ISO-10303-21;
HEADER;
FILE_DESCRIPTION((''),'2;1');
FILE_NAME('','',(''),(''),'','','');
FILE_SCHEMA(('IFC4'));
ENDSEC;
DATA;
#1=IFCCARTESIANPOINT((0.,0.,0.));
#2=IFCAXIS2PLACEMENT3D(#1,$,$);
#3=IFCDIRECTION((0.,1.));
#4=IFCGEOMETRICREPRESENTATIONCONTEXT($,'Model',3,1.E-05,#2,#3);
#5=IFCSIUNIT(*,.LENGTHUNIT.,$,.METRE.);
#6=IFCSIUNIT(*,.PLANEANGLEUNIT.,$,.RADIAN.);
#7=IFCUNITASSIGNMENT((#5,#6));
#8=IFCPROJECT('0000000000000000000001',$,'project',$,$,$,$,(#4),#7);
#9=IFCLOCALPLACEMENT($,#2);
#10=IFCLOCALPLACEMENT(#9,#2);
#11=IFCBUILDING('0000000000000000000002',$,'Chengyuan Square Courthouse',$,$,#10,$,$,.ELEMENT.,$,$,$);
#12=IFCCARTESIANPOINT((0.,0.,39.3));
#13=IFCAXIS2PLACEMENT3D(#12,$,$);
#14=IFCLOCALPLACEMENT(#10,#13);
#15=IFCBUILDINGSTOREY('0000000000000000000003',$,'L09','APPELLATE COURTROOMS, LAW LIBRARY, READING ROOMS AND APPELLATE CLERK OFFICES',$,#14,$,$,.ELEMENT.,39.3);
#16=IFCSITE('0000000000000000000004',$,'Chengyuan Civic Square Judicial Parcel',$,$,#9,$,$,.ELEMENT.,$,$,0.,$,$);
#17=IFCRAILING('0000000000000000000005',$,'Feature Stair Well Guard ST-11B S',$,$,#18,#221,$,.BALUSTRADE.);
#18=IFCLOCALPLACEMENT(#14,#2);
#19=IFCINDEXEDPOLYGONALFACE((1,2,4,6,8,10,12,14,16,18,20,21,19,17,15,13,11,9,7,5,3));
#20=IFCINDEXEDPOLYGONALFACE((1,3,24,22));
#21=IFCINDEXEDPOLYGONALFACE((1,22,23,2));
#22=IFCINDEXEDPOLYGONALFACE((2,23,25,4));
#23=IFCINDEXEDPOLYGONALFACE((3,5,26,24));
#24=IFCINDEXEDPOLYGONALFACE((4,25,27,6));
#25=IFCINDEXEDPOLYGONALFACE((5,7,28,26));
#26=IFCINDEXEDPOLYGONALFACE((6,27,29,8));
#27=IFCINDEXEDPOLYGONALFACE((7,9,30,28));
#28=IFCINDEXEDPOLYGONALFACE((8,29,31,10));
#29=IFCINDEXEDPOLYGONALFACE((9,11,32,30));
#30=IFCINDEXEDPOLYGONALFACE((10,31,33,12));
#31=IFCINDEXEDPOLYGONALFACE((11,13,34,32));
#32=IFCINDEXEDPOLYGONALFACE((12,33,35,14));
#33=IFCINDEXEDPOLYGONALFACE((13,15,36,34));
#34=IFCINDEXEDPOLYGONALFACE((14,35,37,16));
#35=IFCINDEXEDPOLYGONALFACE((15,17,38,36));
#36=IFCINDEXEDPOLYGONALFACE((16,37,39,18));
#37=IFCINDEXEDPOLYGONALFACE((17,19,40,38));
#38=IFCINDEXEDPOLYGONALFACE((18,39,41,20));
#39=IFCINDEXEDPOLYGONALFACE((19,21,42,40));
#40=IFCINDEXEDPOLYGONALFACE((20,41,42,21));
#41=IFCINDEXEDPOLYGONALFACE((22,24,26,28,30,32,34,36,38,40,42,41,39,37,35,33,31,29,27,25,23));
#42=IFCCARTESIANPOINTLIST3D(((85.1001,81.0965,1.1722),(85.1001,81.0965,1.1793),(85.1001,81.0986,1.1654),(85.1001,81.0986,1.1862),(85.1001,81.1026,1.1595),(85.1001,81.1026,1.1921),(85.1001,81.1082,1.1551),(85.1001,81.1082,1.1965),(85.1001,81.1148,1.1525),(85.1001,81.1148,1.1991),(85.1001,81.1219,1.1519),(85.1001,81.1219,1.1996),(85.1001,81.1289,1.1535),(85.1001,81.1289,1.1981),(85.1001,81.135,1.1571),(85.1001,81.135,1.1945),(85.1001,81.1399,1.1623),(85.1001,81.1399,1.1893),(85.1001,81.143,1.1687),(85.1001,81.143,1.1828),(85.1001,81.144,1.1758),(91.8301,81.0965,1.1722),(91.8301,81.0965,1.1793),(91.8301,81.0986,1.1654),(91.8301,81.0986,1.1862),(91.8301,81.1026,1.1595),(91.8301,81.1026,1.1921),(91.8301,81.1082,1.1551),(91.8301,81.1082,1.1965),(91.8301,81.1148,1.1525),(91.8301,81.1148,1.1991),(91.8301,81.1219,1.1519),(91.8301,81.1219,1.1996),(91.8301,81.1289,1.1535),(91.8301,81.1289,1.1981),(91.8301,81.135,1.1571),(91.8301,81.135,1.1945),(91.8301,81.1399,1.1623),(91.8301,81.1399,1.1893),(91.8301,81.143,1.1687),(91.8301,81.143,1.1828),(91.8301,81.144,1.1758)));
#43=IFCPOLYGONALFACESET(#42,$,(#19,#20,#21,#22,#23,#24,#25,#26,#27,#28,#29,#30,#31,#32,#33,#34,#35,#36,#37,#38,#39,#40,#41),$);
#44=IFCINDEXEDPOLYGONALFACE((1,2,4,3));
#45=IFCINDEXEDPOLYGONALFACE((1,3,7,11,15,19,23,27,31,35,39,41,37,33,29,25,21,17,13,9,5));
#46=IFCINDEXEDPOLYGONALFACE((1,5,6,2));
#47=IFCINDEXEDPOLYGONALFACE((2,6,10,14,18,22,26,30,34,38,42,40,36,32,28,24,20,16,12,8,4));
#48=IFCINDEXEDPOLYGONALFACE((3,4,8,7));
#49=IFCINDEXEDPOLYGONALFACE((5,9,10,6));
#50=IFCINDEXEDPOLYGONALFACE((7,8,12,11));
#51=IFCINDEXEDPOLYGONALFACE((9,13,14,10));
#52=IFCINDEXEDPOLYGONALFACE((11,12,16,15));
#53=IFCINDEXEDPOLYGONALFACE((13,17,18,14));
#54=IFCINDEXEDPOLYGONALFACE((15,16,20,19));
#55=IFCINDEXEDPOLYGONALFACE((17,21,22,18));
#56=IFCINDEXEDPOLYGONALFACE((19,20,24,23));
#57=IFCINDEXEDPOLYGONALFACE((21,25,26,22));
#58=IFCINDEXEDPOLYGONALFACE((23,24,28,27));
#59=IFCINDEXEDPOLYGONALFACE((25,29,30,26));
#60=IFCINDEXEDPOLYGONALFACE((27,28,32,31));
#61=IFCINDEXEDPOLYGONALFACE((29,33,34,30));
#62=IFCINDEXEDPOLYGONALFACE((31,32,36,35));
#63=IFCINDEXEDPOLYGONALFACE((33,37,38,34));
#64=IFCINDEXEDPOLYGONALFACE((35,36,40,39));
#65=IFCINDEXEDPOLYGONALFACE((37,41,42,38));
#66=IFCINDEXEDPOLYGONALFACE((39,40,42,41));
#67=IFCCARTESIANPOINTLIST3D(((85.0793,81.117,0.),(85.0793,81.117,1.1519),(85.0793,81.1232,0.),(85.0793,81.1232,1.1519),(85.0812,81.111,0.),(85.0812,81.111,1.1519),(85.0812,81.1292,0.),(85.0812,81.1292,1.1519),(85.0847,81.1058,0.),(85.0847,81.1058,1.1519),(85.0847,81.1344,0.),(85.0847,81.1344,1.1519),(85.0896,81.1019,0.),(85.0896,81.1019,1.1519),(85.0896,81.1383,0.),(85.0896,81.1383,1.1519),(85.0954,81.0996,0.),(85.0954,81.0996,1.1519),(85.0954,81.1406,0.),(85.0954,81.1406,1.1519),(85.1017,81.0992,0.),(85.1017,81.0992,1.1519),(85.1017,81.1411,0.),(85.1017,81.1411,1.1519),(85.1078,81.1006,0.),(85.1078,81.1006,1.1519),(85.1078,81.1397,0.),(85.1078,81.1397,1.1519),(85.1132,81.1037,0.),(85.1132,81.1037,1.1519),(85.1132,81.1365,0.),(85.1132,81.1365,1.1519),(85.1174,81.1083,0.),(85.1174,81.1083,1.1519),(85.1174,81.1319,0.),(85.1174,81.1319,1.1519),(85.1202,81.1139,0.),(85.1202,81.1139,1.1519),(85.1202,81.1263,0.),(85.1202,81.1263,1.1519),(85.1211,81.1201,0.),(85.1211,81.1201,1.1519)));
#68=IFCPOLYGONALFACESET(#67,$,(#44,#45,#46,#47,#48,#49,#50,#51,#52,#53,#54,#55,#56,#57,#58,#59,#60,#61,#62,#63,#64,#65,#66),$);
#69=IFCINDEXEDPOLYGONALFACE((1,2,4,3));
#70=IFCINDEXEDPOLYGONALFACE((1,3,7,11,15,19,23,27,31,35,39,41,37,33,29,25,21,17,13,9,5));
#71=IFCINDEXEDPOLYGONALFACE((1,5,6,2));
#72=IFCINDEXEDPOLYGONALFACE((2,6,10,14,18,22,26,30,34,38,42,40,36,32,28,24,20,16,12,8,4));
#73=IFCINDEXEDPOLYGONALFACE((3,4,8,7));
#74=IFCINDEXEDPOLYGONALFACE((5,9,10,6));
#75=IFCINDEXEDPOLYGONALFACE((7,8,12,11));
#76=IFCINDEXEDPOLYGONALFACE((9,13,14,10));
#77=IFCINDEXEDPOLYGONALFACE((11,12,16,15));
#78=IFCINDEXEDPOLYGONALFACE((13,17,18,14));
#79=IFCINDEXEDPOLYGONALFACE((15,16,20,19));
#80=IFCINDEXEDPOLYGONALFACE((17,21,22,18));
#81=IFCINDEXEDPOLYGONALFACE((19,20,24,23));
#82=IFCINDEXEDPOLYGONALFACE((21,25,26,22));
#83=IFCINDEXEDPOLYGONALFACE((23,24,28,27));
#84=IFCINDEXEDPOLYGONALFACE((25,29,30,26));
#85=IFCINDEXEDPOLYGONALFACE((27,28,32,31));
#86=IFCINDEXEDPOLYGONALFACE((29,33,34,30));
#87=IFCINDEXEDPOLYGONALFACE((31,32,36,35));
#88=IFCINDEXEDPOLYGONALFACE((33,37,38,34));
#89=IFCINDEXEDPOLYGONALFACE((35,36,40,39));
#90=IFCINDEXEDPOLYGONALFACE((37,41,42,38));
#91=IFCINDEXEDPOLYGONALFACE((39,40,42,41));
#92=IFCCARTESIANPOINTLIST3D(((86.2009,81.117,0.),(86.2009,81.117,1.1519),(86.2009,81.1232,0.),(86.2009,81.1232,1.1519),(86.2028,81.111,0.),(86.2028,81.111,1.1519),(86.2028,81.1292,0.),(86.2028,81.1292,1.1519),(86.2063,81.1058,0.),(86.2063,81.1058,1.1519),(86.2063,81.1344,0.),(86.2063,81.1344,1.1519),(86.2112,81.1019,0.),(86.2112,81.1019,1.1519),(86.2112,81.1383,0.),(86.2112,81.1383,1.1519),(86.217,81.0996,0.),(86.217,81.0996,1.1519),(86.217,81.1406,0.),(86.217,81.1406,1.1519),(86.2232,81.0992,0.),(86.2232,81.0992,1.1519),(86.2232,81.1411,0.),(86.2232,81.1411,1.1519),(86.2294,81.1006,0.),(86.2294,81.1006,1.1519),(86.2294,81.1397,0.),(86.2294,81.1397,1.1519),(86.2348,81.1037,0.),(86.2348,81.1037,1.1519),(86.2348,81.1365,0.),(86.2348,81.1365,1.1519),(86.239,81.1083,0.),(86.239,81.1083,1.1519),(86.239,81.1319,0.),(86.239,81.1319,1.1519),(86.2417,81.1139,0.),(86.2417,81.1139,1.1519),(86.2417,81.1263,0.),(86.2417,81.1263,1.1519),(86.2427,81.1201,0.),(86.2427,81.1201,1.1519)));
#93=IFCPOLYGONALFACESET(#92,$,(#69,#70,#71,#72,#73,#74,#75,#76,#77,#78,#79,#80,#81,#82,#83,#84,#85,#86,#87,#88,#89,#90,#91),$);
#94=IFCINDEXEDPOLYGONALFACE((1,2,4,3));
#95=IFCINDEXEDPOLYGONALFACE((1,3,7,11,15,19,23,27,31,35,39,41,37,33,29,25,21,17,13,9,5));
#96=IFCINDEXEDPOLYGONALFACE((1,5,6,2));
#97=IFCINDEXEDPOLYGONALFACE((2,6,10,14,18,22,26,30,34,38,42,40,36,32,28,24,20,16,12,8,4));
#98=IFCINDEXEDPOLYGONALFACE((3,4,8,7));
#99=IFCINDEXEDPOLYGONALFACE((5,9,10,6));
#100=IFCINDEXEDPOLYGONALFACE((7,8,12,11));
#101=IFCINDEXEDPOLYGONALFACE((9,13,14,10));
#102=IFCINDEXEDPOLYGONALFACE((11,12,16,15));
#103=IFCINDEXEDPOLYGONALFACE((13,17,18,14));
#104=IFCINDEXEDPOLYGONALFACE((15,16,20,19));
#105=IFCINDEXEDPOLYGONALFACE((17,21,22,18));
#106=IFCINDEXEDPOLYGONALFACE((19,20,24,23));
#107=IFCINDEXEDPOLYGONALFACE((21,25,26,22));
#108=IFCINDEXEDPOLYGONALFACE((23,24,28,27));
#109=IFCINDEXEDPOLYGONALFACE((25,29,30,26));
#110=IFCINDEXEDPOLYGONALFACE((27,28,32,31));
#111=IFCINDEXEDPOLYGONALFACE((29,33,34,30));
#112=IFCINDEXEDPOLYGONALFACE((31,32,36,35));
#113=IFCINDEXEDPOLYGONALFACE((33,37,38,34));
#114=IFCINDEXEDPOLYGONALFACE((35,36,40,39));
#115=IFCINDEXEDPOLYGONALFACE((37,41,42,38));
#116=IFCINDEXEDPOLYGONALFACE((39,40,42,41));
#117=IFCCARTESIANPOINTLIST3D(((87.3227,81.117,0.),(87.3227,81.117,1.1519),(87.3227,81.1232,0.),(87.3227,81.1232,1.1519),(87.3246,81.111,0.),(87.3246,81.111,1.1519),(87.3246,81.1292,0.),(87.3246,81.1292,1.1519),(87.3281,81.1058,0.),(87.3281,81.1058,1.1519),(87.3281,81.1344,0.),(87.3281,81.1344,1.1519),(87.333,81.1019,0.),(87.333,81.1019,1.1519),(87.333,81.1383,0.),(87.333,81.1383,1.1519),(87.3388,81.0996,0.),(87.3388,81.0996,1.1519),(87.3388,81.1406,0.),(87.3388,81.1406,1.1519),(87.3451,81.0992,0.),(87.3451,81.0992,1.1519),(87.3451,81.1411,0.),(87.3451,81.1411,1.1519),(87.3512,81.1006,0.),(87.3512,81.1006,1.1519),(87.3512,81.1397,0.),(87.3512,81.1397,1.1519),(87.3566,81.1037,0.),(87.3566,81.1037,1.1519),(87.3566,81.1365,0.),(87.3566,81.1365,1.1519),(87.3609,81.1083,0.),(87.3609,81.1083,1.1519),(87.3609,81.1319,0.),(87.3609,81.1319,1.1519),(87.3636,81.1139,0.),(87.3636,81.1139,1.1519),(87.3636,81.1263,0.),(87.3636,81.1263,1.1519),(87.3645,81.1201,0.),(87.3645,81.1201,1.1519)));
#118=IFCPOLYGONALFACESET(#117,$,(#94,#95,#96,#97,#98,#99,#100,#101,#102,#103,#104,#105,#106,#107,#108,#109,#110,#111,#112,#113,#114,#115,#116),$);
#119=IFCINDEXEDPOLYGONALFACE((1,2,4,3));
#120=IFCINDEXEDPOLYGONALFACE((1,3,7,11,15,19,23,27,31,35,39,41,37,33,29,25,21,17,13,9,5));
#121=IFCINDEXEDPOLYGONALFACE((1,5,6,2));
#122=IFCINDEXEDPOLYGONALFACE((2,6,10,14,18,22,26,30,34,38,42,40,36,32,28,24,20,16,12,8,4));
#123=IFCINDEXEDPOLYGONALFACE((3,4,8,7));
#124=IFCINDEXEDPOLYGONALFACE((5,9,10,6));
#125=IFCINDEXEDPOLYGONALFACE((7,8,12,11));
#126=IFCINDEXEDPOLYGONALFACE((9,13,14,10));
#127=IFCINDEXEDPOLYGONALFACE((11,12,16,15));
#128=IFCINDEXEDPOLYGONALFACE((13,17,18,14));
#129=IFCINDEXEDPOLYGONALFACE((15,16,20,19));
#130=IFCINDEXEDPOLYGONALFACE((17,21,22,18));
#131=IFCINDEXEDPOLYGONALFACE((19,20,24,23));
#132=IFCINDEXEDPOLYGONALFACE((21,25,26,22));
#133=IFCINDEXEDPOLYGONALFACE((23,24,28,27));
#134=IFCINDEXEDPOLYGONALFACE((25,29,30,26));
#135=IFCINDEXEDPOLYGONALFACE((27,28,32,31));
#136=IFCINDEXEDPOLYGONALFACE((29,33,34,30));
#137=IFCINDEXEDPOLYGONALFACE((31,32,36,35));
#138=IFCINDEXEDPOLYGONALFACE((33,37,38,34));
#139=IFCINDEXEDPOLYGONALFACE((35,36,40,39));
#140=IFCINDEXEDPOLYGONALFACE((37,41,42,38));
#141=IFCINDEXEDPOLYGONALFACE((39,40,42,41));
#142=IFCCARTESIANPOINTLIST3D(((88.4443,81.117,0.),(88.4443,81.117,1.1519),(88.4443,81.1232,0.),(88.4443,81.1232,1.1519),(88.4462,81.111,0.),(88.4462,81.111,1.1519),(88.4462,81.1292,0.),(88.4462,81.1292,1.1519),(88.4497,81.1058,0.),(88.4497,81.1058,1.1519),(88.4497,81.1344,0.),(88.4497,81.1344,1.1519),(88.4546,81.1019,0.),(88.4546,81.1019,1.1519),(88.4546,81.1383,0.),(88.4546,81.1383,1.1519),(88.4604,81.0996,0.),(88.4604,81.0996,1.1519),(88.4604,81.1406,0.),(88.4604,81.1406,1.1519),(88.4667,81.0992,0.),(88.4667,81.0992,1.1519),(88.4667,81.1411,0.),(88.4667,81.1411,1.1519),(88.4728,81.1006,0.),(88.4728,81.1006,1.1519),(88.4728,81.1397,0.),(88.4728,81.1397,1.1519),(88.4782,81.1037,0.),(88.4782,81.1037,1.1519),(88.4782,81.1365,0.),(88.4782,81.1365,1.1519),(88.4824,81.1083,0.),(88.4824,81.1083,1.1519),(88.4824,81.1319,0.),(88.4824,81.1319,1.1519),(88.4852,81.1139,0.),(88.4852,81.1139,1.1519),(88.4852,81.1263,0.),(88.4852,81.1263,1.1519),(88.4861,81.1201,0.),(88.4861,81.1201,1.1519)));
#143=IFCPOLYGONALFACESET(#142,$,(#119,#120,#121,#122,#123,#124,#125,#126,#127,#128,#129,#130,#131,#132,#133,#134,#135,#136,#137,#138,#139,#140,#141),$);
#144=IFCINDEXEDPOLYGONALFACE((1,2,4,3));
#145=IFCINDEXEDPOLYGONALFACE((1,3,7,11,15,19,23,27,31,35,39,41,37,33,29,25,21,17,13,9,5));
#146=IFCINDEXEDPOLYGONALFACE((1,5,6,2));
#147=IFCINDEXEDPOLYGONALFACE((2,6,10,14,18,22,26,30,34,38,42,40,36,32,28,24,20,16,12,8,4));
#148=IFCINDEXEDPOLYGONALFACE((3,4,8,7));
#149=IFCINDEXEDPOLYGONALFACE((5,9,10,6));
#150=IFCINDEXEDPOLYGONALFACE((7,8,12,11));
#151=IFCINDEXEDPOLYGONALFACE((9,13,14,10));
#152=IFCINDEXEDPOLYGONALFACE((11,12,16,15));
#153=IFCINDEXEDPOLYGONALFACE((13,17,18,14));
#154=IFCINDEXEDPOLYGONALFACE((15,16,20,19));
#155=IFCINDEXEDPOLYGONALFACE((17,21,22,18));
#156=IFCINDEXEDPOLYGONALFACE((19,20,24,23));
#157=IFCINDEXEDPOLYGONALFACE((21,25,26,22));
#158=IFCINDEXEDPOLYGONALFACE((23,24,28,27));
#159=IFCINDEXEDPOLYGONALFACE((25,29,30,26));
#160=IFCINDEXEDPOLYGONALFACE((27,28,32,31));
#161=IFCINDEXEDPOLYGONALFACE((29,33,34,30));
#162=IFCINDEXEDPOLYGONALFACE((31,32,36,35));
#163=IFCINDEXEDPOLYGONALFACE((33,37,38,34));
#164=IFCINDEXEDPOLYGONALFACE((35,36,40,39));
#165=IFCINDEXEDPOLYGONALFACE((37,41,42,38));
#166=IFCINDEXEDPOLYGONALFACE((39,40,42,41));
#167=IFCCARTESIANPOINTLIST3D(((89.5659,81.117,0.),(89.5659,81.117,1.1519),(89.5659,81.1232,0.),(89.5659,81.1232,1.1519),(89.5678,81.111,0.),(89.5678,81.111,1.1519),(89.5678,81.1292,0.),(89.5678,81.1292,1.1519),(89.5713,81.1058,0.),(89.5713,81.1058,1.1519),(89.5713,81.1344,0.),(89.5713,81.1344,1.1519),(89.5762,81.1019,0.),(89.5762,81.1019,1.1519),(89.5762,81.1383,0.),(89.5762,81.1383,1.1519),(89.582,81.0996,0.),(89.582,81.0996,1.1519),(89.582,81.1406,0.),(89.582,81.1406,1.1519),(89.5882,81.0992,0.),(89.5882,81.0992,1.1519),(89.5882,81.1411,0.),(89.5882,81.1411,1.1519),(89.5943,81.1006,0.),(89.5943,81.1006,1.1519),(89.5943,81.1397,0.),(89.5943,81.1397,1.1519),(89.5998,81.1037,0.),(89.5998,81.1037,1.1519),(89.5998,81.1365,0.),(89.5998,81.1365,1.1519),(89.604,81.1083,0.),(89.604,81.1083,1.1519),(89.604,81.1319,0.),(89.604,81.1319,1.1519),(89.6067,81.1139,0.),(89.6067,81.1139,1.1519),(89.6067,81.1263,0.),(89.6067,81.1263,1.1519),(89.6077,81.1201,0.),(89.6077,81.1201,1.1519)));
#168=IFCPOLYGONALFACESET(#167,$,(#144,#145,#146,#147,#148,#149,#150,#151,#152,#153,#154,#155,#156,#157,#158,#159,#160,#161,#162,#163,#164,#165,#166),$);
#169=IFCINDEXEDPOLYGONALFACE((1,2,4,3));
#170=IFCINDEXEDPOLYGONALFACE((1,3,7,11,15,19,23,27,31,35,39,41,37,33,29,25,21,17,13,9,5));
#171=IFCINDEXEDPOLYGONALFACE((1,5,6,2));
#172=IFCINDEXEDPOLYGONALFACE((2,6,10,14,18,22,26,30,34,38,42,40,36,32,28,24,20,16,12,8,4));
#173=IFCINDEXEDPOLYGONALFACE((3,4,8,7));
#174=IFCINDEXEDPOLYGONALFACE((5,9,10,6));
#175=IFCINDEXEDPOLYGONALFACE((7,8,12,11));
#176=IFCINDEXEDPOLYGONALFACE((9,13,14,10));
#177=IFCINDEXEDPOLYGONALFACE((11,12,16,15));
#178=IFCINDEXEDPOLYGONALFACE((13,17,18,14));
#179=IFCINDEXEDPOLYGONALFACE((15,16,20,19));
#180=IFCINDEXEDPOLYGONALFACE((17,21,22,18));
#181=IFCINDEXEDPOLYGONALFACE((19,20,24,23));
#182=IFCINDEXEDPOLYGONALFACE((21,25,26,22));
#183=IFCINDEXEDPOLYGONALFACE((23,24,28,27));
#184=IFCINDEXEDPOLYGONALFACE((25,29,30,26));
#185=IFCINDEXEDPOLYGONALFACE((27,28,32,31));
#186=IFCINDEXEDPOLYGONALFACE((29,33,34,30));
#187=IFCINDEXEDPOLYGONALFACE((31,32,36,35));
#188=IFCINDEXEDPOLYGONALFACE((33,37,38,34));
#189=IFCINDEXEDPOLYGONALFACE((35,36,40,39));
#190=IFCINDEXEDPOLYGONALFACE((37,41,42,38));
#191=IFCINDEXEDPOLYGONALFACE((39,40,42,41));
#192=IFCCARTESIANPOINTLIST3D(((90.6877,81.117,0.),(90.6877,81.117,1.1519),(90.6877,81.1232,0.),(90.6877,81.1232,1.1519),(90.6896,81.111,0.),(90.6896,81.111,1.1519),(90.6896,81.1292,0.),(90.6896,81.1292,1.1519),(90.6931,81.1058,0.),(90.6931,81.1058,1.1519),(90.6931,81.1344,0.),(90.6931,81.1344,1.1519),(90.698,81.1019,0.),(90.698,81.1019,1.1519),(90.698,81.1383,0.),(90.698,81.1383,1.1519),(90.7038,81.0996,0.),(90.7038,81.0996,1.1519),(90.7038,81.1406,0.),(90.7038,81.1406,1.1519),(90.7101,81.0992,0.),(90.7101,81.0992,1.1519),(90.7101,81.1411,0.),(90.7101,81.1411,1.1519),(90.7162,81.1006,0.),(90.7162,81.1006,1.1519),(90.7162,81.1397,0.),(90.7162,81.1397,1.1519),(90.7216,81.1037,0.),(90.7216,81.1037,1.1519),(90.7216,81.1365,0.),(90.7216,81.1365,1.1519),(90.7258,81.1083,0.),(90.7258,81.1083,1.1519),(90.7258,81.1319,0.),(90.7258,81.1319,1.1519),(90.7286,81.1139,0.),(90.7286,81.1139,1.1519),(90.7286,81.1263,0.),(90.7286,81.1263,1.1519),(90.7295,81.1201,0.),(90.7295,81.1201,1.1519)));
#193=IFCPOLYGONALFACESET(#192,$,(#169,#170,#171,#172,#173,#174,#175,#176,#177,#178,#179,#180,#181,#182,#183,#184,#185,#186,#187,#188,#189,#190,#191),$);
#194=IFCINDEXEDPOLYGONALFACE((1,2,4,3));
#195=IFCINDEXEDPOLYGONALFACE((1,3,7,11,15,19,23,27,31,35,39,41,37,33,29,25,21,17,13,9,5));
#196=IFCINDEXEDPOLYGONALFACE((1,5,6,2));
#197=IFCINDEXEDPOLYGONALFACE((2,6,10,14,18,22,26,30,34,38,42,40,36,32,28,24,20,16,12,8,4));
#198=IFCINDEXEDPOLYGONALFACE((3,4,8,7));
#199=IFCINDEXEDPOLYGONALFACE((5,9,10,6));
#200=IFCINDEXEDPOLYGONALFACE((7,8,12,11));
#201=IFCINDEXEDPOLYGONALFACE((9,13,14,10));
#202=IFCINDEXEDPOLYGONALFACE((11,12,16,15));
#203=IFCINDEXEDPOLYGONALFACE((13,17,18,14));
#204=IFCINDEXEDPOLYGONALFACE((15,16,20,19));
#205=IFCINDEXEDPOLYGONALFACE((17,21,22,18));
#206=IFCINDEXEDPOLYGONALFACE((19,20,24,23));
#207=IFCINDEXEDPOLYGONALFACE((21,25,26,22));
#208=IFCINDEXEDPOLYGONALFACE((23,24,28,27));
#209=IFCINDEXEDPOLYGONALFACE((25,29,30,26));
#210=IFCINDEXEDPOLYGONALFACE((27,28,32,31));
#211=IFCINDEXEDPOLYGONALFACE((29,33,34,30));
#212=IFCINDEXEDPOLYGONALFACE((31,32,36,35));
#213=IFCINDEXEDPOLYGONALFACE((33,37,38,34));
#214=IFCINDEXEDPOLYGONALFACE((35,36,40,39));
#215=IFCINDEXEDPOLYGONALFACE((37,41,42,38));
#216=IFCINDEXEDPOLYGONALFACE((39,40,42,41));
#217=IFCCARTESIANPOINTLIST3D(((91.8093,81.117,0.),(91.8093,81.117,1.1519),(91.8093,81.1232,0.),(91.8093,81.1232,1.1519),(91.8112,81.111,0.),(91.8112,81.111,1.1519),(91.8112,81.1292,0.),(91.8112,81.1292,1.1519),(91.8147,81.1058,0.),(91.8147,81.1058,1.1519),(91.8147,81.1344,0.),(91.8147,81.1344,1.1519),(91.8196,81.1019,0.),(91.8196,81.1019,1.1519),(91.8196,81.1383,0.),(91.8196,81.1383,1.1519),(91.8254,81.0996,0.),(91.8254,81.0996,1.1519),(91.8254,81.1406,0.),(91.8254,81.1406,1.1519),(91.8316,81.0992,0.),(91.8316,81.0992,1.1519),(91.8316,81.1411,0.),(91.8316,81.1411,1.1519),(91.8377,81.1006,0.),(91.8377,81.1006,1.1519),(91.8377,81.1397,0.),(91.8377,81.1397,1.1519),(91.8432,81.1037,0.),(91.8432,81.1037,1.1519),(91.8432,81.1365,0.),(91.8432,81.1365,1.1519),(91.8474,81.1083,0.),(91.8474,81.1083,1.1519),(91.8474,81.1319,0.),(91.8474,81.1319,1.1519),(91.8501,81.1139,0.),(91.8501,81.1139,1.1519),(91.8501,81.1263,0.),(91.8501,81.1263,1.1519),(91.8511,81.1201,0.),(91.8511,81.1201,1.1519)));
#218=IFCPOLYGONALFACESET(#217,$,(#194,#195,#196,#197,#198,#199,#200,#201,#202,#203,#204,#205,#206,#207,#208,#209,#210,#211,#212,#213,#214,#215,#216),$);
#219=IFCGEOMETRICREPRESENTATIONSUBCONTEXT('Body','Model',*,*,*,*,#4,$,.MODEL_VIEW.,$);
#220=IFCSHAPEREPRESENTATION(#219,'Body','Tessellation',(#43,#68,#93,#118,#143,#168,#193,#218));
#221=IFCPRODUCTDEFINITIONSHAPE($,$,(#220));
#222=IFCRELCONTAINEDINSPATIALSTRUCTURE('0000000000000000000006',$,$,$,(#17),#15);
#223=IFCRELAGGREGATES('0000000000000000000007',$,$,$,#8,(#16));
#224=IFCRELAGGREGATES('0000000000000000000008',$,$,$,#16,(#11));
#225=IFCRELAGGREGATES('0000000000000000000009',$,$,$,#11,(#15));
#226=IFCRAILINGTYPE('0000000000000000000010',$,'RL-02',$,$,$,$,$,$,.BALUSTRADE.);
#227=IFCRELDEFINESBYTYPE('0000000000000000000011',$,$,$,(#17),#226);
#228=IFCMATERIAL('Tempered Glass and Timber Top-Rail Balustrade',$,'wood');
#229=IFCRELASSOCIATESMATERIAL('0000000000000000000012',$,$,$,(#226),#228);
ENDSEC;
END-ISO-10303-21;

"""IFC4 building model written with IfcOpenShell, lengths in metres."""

from ifc_helpers import new_model, si_unit, direction, frame, origin, origin_2d, place, context, subcontext, project, spatial, circle, extrude, material, type_object, element, save


model = new_model("IFC4")

# Units and contexts
model_context = context("Model", 3, precision=1e-05, world=origin(), true_north=direction((0.0, 1.0)))
body_context = subcontext(model_context, "Body", "Model", "MODEL_VIEW")
ifc_project = project(units=[si_unit("LENGTHUNIT", "METRE"), si_unit("PLANEANGLEUNIT", "RADIAN")], contexts=[model_context])

# Site, building, storey
site_placement = place(None, origin())
site = spatial("IfcSite", under=ifc_project, at=site_placement, Name="Chengyuan Civic Square Judicial Parcel", CompositionType="ELEMENT", RefElevation=0.0)
building_placement = place(site_placement, origin())
building = spatial("IfcBuilding", under=site, at=building_placement, Name="Chengyuan Square Courthouse", CompositionType="ELEMENT")
storey_placement = place(building_placement, frame((0.0, 0.0, 39.3)))
storey = spatial("IfcBuildingStorey", under=building, at=storey_placement, Name="L09", Description="APPELLATE COURTROOMS, LAW LIBRARY, READING ROOMS AND APPELLATE CLERK OFFICES", CompositionType="ELEMENT", Elevation=39.3)

# Railing
ifc_material_1 = material(Name="Tempered Glass and Timber Top-Rail Balustrade", Category="wood")
railing_type = type_object("IfcRailingType", Name="RL-02", PredefinedType="BALUSTRADE", material=ifc_material_1)
railing_1_placement = place(storey_placement, frame((85.1001, 81.1201, 0.0)))
element("IfcRailing", 1, at=railing_1_placement, inside=storey, type_object=railing_type, Name="Feature Stair Well Guard ST-11B S", PredefinedType="BALUSTRADE", context=body_context, shape_type="SweptSolid", body=[
    extrude(circle(Radius=0.0239, at=origin_2d()), frame((0.0, 0.0, 1.1758), z_axis=(1.0, 0.0, 0.0), x_axis=(0.0, 1.0, 0.0)), (0.0, 0.0, 1.0), 6.73),
    extrude(circle(Radius=0.021, at=origin_2d()), origin(), (0.0, 0.0, 1.0), 1.1519),
    extrude(circle(Radius=0.021, at=origin_2d()), frame((1.1216, 0.0, 0.0)), (0.0, 0.0, 1.0), 1.1519),
    extrude(circle(Radius=0.021, at=origin_2d()), frame((2.2434, 0.0, 0.0)), (0.0, 0.0, 1.0), 1.1519),
    extrude(circle(Radius=0.021, at=origin_2d()), frame((3.365, 0.0, 0.0)), (0.0, 0.0, 1.0), 1.1519),
    extrude(circle(Radius=0.021, at=origin_2d()), frame((4.4866, 0.0, 0.0)), (0.0, 0.0, 1.0), 1.1519),
    extrude(circle(Radius=0.021, at=origin_2d()), frame((5.6084, 0.0, 0.0)), (0.0, 0.0, 1.0), 1.1519),
    extrude(circle(Radius=0.021, at=origin_2d()), frame((6.73, 0.0, 0.0)), (0.0, 0.0, 1.0), 1.1519),
])

save(model, "model.ifc")
